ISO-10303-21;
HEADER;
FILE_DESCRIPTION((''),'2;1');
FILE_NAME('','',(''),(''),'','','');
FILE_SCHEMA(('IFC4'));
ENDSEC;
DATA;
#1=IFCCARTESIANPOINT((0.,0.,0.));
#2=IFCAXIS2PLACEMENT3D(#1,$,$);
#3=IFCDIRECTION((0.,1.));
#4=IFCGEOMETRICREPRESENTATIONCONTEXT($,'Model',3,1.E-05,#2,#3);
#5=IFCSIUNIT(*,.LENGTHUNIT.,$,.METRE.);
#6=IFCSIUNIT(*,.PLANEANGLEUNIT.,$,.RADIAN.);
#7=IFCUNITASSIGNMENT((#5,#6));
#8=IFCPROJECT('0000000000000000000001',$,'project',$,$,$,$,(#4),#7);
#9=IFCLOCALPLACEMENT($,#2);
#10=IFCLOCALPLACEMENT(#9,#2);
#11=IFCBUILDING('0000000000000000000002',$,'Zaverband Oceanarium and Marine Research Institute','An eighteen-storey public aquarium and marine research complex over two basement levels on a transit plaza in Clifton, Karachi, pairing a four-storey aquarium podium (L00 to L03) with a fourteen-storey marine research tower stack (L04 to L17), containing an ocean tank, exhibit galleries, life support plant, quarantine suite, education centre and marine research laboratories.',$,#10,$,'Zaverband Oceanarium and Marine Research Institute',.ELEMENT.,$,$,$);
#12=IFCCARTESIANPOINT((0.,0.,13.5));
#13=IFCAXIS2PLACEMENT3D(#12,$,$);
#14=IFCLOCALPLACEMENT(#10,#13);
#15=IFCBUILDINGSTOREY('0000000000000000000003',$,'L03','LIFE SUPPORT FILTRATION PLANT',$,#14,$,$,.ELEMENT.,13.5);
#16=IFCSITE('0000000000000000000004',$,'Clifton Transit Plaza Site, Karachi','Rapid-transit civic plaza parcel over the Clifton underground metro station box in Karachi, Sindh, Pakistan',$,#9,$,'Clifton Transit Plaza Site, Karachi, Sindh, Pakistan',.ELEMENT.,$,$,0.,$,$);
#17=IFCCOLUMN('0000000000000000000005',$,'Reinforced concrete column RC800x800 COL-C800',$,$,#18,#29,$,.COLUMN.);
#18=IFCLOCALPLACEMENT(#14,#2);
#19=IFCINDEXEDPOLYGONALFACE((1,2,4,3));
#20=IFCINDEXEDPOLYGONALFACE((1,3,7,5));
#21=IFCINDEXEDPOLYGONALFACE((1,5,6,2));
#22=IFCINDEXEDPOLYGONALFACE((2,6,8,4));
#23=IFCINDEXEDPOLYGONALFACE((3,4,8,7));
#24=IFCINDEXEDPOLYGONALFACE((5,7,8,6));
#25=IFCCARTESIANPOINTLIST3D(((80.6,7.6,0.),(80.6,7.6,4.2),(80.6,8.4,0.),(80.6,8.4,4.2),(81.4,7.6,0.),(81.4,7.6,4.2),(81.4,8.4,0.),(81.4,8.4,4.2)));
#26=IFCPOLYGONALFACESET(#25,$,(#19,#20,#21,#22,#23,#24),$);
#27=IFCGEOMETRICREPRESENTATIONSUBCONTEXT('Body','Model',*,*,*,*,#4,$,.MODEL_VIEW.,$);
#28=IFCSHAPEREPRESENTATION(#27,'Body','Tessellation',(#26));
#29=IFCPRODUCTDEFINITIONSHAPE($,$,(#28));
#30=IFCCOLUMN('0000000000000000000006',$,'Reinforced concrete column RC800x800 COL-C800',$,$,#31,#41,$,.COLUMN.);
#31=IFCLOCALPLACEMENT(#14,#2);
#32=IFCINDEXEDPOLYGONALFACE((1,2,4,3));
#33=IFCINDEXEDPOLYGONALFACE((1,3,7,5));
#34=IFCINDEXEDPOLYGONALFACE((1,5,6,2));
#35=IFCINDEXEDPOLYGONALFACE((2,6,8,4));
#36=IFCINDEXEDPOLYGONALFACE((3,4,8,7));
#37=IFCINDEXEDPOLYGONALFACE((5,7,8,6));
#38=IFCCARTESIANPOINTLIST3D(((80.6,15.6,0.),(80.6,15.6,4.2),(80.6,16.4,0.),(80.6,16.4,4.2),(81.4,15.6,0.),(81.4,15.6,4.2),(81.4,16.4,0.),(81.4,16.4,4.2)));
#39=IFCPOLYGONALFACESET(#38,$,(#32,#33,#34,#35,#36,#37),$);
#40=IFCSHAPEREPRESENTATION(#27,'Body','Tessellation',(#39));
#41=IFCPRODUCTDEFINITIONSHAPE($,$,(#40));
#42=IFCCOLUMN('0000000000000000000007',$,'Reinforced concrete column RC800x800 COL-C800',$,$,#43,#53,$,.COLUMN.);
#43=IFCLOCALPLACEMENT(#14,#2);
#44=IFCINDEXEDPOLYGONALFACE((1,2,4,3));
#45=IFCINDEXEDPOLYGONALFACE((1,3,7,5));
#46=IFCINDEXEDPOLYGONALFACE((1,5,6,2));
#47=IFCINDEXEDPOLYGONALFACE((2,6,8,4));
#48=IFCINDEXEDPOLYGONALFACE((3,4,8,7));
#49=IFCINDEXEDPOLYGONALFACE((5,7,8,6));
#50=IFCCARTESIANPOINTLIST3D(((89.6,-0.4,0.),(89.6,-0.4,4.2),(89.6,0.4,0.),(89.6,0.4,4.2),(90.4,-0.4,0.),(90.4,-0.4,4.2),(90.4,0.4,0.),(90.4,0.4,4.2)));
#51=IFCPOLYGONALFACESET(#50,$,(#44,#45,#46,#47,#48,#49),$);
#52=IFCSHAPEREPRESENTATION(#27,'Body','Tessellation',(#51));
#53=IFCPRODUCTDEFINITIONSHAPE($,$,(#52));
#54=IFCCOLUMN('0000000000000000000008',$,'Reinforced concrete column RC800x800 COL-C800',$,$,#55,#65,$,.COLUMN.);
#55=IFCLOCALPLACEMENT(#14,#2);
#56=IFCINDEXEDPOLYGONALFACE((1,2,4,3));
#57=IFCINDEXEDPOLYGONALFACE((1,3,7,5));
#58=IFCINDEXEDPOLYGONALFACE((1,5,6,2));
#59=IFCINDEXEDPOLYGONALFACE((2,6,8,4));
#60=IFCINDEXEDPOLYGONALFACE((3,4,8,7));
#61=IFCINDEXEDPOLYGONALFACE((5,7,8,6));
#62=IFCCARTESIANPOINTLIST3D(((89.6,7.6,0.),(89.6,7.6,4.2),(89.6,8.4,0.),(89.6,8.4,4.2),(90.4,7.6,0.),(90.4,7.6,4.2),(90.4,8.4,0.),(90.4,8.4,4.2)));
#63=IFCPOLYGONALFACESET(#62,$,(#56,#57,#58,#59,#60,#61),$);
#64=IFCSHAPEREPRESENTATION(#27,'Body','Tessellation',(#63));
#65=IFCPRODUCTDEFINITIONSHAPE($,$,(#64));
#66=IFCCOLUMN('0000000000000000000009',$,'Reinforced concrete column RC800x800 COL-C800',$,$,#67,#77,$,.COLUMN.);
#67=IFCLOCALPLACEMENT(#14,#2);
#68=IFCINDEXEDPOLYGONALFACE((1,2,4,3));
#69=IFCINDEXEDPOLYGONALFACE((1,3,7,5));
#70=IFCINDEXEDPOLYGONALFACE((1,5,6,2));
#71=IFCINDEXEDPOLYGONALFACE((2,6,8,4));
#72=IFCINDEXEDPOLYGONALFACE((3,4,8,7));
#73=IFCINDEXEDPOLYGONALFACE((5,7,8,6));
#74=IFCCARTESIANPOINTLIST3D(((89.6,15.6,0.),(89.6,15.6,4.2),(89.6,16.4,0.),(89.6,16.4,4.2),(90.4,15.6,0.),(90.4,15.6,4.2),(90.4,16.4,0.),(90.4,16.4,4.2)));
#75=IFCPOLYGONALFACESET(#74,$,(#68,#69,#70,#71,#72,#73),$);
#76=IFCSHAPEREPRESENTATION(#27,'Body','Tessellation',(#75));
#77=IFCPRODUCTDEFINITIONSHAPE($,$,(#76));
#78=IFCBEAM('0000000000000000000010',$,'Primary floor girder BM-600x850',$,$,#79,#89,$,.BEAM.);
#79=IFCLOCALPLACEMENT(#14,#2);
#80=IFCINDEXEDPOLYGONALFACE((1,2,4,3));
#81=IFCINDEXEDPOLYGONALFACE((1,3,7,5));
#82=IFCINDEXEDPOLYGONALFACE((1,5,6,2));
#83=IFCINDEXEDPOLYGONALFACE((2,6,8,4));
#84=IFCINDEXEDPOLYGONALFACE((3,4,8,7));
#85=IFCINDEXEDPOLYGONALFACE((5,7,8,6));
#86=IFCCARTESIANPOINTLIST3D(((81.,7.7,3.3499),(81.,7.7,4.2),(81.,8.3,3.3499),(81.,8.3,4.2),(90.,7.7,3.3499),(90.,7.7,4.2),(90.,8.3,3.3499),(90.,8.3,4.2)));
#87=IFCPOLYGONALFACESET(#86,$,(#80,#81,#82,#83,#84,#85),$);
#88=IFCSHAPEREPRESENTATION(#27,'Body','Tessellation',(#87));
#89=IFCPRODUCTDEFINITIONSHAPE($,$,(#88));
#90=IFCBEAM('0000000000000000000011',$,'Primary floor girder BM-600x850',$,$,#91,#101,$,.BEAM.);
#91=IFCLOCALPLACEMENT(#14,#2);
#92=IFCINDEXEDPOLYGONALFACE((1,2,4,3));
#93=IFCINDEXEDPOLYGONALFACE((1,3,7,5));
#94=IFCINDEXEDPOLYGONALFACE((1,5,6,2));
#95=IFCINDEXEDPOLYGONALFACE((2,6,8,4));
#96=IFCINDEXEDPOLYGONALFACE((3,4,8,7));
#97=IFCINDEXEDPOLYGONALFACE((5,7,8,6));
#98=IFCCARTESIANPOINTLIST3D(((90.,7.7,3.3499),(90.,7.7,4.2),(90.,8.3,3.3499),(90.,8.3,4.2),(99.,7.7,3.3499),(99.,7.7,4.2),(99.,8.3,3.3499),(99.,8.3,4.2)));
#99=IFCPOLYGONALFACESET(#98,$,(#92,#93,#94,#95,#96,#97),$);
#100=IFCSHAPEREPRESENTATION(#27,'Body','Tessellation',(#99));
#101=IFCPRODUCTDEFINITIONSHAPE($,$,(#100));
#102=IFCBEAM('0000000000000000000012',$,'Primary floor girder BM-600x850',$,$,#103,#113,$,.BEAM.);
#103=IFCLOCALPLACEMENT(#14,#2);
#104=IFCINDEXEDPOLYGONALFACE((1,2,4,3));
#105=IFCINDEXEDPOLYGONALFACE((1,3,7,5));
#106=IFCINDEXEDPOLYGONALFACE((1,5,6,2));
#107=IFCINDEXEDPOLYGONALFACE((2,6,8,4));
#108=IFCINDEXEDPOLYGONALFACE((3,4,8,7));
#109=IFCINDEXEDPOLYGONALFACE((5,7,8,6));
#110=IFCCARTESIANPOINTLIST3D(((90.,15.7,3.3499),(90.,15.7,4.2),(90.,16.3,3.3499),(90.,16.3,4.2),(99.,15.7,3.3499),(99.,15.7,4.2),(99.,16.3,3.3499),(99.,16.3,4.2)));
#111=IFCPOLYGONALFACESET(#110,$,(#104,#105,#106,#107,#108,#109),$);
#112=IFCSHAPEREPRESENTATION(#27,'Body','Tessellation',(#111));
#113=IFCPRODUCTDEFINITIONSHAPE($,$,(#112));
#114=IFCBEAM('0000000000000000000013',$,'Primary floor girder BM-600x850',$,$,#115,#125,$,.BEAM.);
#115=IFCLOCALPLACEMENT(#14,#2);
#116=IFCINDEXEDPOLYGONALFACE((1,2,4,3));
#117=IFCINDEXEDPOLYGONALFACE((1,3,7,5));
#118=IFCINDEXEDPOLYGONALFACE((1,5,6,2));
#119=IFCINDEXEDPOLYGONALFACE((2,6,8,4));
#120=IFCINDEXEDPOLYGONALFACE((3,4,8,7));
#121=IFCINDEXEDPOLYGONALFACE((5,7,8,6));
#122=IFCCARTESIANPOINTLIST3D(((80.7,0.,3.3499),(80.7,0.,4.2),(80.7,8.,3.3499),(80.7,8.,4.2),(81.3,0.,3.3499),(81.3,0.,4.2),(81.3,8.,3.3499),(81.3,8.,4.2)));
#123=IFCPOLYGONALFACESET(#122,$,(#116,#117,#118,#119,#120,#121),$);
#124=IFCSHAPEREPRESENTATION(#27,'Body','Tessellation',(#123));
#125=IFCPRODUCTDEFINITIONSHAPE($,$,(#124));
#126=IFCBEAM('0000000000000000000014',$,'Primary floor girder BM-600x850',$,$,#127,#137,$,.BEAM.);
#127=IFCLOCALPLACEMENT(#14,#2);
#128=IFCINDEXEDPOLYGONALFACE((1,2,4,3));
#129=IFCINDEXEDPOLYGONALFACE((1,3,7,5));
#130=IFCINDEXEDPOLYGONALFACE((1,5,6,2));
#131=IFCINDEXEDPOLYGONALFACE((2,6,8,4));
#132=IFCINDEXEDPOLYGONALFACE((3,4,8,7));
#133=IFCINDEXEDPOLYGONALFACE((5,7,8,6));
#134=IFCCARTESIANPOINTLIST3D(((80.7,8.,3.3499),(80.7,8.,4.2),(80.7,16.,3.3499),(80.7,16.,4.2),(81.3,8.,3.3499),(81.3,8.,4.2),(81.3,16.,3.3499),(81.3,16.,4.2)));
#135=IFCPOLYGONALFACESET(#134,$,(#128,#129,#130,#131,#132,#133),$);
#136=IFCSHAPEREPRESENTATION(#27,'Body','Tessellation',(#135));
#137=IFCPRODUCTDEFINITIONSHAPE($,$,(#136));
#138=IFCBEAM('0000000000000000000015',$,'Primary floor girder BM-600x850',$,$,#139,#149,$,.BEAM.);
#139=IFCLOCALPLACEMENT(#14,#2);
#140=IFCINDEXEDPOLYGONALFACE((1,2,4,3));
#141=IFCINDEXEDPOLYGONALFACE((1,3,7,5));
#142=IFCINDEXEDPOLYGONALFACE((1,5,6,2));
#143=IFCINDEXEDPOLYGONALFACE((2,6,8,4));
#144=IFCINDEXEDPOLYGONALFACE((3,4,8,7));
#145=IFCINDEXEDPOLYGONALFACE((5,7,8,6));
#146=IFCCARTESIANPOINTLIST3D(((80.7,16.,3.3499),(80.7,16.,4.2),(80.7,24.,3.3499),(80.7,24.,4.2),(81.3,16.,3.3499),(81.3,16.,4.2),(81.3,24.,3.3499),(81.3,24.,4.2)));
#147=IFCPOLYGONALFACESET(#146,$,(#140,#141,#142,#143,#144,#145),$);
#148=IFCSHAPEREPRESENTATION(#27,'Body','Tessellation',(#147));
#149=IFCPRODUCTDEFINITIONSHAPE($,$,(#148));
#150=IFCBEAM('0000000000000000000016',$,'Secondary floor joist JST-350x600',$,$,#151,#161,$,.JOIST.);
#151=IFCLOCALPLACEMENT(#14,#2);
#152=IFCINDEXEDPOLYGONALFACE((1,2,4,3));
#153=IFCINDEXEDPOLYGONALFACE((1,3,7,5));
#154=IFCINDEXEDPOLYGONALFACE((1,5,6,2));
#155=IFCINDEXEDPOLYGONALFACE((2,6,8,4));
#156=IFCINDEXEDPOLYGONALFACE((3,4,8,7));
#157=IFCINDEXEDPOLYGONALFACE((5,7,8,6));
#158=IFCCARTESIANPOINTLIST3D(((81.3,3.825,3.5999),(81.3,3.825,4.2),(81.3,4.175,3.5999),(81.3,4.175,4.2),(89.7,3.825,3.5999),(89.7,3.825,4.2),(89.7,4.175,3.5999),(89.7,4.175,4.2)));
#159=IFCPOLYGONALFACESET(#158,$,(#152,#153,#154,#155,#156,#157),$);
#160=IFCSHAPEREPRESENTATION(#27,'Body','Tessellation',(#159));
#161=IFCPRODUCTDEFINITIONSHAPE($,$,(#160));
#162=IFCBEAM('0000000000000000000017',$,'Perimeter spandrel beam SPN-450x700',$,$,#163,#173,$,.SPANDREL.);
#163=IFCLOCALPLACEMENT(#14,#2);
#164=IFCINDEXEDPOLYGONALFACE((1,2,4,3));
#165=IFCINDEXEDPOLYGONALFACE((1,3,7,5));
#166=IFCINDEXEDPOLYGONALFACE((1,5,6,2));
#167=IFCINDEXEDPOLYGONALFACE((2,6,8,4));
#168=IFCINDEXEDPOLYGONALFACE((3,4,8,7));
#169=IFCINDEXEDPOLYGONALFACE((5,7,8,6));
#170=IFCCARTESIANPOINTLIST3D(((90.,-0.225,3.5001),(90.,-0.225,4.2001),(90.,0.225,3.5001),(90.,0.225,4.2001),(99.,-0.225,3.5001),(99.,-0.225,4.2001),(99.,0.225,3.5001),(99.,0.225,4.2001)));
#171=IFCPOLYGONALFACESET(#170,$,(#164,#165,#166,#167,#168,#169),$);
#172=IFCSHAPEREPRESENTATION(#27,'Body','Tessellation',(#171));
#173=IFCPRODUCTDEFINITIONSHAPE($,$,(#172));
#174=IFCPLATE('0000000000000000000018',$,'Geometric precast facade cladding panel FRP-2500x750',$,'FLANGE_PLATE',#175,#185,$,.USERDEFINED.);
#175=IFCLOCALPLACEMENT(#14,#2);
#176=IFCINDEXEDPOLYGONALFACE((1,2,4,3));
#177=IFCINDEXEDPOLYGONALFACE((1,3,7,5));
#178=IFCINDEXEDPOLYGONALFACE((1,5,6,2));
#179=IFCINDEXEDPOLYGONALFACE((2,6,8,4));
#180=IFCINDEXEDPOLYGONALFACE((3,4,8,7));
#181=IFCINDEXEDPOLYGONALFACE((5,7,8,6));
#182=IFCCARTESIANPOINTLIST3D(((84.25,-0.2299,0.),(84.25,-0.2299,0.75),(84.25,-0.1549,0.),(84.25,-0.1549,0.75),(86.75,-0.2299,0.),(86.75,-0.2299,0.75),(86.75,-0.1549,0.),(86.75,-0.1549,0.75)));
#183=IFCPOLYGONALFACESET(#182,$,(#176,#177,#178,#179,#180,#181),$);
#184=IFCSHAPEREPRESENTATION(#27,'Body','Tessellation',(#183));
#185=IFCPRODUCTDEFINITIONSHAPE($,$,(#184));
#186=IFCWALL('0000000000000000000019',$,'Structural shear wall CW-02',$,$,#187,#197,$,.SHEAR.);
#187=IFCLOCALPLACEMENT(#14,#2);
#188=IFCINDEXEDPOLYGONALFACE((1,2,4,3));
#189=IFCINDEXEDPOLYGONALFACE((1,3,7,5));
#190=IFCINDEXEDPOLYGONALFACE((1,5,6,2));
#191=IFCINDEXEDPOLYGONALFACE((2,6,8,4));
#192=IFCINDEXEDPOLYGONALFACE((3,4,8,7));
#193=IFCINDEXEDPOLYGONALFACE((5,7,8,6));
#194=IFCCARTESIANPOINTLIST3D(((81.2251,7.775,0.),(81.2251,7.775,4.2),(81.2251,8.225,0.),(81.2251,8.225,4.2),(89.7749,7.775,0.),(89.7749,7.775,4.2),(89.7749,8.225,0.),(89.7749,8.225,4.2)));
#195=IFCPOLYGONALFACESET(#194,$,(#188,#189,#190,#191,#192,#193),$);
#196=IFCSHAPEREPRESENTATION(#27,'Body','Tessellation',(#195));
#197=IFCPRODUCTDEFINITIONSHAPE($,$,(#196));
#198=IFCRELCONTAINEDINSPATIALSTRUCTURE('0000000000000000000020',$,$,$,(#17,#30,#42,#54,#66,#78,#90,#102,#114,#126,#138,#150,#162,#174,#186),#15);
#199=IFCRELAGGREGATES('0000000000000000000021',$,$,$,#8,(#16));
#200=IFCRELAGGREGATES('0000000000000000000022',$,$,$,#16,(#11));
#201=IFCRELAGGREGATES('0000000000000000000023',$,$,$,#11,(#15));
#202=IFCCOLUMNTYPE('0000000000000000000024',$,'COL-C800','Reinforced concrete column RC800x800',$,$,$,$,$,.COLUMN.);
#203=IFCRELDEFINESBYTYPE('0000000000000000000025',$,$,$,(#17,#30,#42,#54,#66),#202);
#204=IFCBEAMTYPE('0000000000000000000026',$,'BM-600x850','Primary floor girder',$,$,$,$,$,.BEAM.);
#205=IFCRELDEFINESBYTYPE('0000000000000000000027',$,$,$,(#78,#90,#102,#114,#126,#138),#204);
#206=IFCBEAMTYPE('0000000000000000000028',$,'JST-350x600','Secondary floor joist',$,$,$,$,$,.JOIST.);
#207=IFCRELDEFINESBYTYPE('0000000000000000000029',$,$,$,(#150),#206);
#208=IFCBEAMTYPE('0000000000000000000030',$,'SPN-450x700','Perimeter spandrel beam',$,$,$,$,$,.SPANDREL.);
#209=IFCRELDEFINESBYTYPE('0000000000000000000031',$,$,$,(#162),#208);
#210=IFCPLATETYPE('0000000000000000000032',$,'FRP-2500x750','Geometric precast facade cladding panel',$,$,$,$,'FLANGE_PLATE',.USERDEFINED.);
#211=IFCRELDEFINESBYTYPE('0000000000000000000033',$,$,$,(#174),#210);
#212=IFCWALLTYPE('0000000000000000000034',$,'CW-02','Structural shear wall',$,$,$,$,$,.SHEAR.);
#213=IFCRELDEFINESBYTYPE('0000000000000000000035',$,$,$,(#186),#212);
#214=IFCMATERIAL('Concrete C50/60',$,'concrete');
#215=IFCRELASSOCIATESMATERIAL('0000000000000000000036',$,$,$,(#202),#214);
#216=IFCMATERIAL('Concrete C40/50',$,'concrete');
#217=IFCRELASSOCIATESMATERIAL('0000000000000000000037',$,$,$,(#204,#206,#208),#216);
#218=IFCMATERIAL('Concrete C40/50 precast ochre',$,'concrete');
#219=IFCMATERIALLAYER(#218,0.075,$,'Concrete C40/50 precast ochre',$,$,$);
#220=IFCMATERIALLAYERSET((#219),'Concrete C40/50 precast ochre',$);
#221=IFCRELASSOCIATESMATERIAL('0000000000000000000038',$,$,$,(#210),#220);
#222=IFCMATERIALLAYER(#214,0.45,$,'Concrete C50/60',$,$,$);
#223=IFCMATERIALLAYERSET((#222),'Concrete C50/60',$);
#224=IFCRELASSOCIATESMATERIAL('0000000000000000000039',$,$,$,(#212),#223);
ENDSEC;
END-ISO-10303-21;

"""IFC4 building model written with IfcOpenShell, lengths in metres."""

from ifc_helpers import new_model, si_unit, direction, frame, frame_2d, origin, origin_2d, place, context, subcontext, project, spatial, rectangle, extrude, material, layer, layer_set, material_profile, profile_set, type_object, element, save


model = new_model("IFC4")

# Units and contexts
model_context = context("Model", 3, precision=1e-05, world=origin(), true_north=direction((0.0, 1.0)))
body_context = subcontext(model_context, "Body", "Model", "MODEL_VIEW")
ifc_project = project(units=[si_unit("LENGTHUNIT", "METRE"), si_unit("PLANEANGLEUNIT", "RADIAN")], contexts=[model_context])

# Site, building, storey
site_placement = place(None, origin())
site = spatial("IfcSite", under=ifc_project, at=site_placement, Name="Clifton Transit Plaza Site, Karachi", Description="Rapid-transit civic plaza parcel over the Clifton underground metro station box in Karachi, Sindh, Pakistan", LongName="Clifton Transit Plaza Site, Karachi, Sindh, Pakistan", CompositionType="ELEMENT", RefElevation=0.0)
building_placement = place(site_placement, origin())
building = spatial("IfcBuilding", under=site, at=building_placement, Name="Zaverband Oceanarium and Marine Research Institute", Description="An eighteen-storey public aquarium and marine research complex over two basement levels on a transit plaza in Clifton, Karachi, pairing a four-storey aquarium podium (L00 to L03) with a fourteen-storey marine research tower stack (L04 to L17), containing an ocean tank, exhibit galleries, life support plant, quarantine suite, education centre and marine research laboratories.", LongName="Zaverband Oceanarium and Marine Research Institute", CompositionType="ELEMENT")
storey_placement = place(building_placement, frame((0.0, 0.0, 13.5)))
storey = spatial("IfcBuildingStorey", under=building, at=storey_placement, Name="L03", Description="LIFE SUPPORT FILTRATION PLANT", CompositionType="ELEMENT", Elevation=13.5)

# Columns
ifc_material_1 = material(Name="Concrete C50/60", Category="concrete")
ifc_material_profile_1 = material_profile(ifc_material_1, rectangle(XDim=0.8, YDim=0.8, at=origin_2d()), Name="RC800x800")
ifc_profile_set_1 = profile_set([ifc_material_profile_1], Name="Concrete C50/60")
column_type = type_object("IfcColumnType", Name="COL-C800", Description="Reinforced concrete column RC800x800", PredefinedType="COLUMN", material=ifc_profile_set_1)
for number, where, z_axis, x_axis, name in (
    (1, (81.0, 8.0, 0.0), (0.0, 0.0, 1.0), (1.0, 0.0, 0.0), "Reinforced concrete column RC800x800 COL-C800"),
    (2, (81.0, 16.0, 0.0), (0.0, 0.0, 1.0), (1.0, 0.0, 0.0), "Reinforced concrete column RC800x800 COL-C800"),
    (3, (90.0, 0.0, 0.0), (0.0, 0.0, 1.0), (1.0, 0.0, 0.0), "Reinforced concrete column RC800x800 COL-C800"),
    (4, (90.0, 8.0, 0.0), (0.0, 0.0, 1.0), (1.0, 0.0, 0.0), "Reinforced concrete column RC800x800 COL-C800"),
    (5, (90.0, 16.0, 0.0), (0.0, 0.0, 1.0), (1.0, 0.0, 0.0), "Reinforced concrete column RC800x800 COL-C800"),
):
    element("IfcColumn", number, at=place(storey_placement, frame(where, z_axis=z_axis, x_axis=x_axis)), inside=storey, type_object=column_type, Name=name, PredefinedType="COLUMN", context=body_context, shape_type="SweptSolid", body=[
        extrude(rectangle(XDim=0.8, YDim=0.8, at=origin_2d()), origin(), (0.0, 0.0, 1.0), 4.2),
    ])

# Beams
ifc_material_2 = material(Name="Concrete C40/50", Category="concrete")
ifc_material_profile_2 = material_profile(ifc_material_2, rectangle(XDim=0.6001, YDim=0.8501, at=origin_2d()), Name="RC600x850")
ifc_profile_set_2 = profile_set([ifc_material_profile_2], Name="Concrete C40/50")
beam_type_1 = type_object("IfcBeamType", Name="BM-600x850", Description="Primary floor girder", PredefinedType="BEAM", material=ifc_profile_set_2)
for number, where, z_axis, x_axis, name in (
    (6, (81.0, 8.0, 3.7749), (1.0, 0.0, 0.0), (0.0, 1.0, 0.0), "Primary floor girder BM-600x850"),
    (7, (90.0, 8.0, 3.7749), (1.0, 0.0, 0.0), (0.0, 1.0, 0.0), "Primary floor girder BM-600x850"),
    (8, (90.0, 16.0, 3.7749), (1.0, 0.0, 0.0), (0.0, 1.0, 0.0), "Primary floor girder BM-600x850"),
):
    element("IfcBeam", number, at=place(storey_placement, frame(where, z_axis=z_axis, x_axis=x_axis)), inside=storey, type_object=beam_type_1, Name=name, PredefinedType="BEAM", context=body_context, shape_type="SweptSolid", body=[
        extrude(rectangle(XDim=0.6001, YDim=0.8501, at=origin_2d()), origin(), (0.0, 0.0, 1.0), 9.0),
    ])
for number, where, z_axis, x_axis, name in (
    (9, (81.0, 0.0, 3.7749), (0.0, 1.0, 0.0), (-1.0, 0.0, 0.0), "Primary floor girder BM-600x850"),
    (10, (81.0, 8.0, 3.7749), (0.0, 1.0, 0.0), (-1.0, 0.0, 0.0), "Primary floor girder BM-600x850"),
    (11, (81.0, 16.0, 3.7749), (0.0, 1.0, 0.0), (-1.0, 0.0, 0.0), "Primary floor girder BM-600x850"),
):
    element("IfcBeam", number, at=place(storey_placement, frame(where, z_axis=z_axis, x_axis=x_axis)), inside=storey, type_object=beam_type_1, Name=name, PredefinedType="BEAM", context=body_context, shape_type="SweptSolid", body=[
        extrude(rectangle(XDim=0.6001, YDim=0.8501, at=origin_2d()), origin(), (0.0, 0.0, 1.0), 8.0),
    ])
ifc_material_profile_3 = material_profile(ifc_material_2, rectangle(XDim=0.3501, YDim=0.6001, at=origin_2d()), Name="RC350x600")
ifc_profile_set_3 = profile_set([ifc_material_profile_3], Name="Concrete C40/50")
beam_type_2 = type_object("IfcBeamType", Name="JST-350x600", Description="Secondary floor joist", PredefinedType="JOIST", material=ifc_profile_set_3)
beam_1_placement = place(storey_placement, frame((81.3, 4.0, 3.8999), z_axis=(1.0, 0.0, 0.0), x_axis=(0.0, 1.0, 0.0)))
element("IfcBeam", 12, at=beam_1_placement, inside=storey, type_object=beam_type_2, Name="Secondary floor joist JST-350x600", PredefinedType="JOIST", context=body_context, shape_type="SweptSolid", body=[
    extrude(rectangle(XDim=0.3501, YDim=0.6001, at=origin_2d()), origin(), (0.0, 0.0, 1.0), 8.3999),
])
ifc_material_profile_4 = material_profile(ifc_material_2, rectangle(XDim=0.45, YDim=0.7, at=origin_2d()), Name="RC450x700")
ifc_profile_set_4 = profile_set([ifc_material_profile_4], Name="Concrete C40/50")
beam_type_3 = type_object("IfcBeamType", Name="SPN-450x700", Description="Perimeter spandrel beam", PredefinedType="SPANDREL", material=ifc_profile_set_4)
beam_2_placement = place(storey_placement, frame((90.0, 0.0, 3.8501), z_axis=(1.0, 0.0, 0.0), x_axis=(0.0, 1.0, 0.0)))
element("IfcBeam", 13, at=beam_2_placement, inside=storey, type_object=beam_type_3, Name="Perimeter spandrel beam SPN-450x700", PredefinedType="SPANDREL", context=body_context, shape_type="SweptSolid", body=[
    extrude(rectangle(XDim=0.45, YDim=0.7, at=origin_2d()), origin(), (0.0, 0.0, 1.0), 9.0),
])

# Plate
ifc_material_3 = material(Name="Concrete C40/50 precast ochre", Category="concrete")
ifc_layer_1 = layer(ifc_material_3, 0.075, Name="Concrete C40/50 precast ochre")
ifc_layer_set_1 = layer_set([ifc_layer_1], Name="Concrete C40/50 precast ochre")
plate_type = type_object("IfcPlateType", Name="FRP-2500x750", Description="Geometric precast facade cladding panel", ElementType="FLANGE_PLATE", PredefinedType="USERDEFINED", material=ifc_layer_set_1)
plate_placement = place(storey_placement, frame((84.25, -0.1924, 0.0), z_axis=(0.0, 0.0, 1.0), x_axis=(1.0, 0.0, 0.0)))
element("IfcPlate", 14, at=plate_placement, inside=storey, type_object=plate_type, Name="Geometric precast facade cladding panel FRP-2500x750", ObjectType="FLANGE_PLATE", PredefinedType="USERDEFINED", context=body_context, shape_type="SweptSolid", body=[
    extrude(rectangle(XDim=2.5, YDim=0.075, at=frame_2d((1.25, 0.0))), origin(), (0.0, 0.0, 1.0), 0.75),
])

# Wall
ifc_layer_2 = layer(ifc_material_1, 0.45, Name="Concrete C50/60")
ifc_layer_set_2 = layer_set([ifc_layer_2], Name="Concrete C50/60")
wall_type_1 = type_object("IfcWallType", Name="CW-02", Description="Structural shear wall", PredefinedType="SHEAR", material=ifc_layer_set_2)
wall_1_placement = place(storey_placement, frame((81.2251, 8.0, 0.0), z_axis=(0.0, 0.0, 1.0), x_axis=(1.0, 0.0, 0.0)))
element("IfcWall", 15, at=wall_1_placement, inside=storey, type_object=wall_type_1, Name="Structural shear wall CW-02", PredefinedType="SHEAR", context=body_context, shape_type="SweptSolid", body=[
    extrude(rectangle(XDim=8.5498, YDim=0.45, at=frame_2d((4.2749, 0.0))), origin(), (0.0, 0.0, 1.0), 4.2),
])

save(model, "model.ifc")
